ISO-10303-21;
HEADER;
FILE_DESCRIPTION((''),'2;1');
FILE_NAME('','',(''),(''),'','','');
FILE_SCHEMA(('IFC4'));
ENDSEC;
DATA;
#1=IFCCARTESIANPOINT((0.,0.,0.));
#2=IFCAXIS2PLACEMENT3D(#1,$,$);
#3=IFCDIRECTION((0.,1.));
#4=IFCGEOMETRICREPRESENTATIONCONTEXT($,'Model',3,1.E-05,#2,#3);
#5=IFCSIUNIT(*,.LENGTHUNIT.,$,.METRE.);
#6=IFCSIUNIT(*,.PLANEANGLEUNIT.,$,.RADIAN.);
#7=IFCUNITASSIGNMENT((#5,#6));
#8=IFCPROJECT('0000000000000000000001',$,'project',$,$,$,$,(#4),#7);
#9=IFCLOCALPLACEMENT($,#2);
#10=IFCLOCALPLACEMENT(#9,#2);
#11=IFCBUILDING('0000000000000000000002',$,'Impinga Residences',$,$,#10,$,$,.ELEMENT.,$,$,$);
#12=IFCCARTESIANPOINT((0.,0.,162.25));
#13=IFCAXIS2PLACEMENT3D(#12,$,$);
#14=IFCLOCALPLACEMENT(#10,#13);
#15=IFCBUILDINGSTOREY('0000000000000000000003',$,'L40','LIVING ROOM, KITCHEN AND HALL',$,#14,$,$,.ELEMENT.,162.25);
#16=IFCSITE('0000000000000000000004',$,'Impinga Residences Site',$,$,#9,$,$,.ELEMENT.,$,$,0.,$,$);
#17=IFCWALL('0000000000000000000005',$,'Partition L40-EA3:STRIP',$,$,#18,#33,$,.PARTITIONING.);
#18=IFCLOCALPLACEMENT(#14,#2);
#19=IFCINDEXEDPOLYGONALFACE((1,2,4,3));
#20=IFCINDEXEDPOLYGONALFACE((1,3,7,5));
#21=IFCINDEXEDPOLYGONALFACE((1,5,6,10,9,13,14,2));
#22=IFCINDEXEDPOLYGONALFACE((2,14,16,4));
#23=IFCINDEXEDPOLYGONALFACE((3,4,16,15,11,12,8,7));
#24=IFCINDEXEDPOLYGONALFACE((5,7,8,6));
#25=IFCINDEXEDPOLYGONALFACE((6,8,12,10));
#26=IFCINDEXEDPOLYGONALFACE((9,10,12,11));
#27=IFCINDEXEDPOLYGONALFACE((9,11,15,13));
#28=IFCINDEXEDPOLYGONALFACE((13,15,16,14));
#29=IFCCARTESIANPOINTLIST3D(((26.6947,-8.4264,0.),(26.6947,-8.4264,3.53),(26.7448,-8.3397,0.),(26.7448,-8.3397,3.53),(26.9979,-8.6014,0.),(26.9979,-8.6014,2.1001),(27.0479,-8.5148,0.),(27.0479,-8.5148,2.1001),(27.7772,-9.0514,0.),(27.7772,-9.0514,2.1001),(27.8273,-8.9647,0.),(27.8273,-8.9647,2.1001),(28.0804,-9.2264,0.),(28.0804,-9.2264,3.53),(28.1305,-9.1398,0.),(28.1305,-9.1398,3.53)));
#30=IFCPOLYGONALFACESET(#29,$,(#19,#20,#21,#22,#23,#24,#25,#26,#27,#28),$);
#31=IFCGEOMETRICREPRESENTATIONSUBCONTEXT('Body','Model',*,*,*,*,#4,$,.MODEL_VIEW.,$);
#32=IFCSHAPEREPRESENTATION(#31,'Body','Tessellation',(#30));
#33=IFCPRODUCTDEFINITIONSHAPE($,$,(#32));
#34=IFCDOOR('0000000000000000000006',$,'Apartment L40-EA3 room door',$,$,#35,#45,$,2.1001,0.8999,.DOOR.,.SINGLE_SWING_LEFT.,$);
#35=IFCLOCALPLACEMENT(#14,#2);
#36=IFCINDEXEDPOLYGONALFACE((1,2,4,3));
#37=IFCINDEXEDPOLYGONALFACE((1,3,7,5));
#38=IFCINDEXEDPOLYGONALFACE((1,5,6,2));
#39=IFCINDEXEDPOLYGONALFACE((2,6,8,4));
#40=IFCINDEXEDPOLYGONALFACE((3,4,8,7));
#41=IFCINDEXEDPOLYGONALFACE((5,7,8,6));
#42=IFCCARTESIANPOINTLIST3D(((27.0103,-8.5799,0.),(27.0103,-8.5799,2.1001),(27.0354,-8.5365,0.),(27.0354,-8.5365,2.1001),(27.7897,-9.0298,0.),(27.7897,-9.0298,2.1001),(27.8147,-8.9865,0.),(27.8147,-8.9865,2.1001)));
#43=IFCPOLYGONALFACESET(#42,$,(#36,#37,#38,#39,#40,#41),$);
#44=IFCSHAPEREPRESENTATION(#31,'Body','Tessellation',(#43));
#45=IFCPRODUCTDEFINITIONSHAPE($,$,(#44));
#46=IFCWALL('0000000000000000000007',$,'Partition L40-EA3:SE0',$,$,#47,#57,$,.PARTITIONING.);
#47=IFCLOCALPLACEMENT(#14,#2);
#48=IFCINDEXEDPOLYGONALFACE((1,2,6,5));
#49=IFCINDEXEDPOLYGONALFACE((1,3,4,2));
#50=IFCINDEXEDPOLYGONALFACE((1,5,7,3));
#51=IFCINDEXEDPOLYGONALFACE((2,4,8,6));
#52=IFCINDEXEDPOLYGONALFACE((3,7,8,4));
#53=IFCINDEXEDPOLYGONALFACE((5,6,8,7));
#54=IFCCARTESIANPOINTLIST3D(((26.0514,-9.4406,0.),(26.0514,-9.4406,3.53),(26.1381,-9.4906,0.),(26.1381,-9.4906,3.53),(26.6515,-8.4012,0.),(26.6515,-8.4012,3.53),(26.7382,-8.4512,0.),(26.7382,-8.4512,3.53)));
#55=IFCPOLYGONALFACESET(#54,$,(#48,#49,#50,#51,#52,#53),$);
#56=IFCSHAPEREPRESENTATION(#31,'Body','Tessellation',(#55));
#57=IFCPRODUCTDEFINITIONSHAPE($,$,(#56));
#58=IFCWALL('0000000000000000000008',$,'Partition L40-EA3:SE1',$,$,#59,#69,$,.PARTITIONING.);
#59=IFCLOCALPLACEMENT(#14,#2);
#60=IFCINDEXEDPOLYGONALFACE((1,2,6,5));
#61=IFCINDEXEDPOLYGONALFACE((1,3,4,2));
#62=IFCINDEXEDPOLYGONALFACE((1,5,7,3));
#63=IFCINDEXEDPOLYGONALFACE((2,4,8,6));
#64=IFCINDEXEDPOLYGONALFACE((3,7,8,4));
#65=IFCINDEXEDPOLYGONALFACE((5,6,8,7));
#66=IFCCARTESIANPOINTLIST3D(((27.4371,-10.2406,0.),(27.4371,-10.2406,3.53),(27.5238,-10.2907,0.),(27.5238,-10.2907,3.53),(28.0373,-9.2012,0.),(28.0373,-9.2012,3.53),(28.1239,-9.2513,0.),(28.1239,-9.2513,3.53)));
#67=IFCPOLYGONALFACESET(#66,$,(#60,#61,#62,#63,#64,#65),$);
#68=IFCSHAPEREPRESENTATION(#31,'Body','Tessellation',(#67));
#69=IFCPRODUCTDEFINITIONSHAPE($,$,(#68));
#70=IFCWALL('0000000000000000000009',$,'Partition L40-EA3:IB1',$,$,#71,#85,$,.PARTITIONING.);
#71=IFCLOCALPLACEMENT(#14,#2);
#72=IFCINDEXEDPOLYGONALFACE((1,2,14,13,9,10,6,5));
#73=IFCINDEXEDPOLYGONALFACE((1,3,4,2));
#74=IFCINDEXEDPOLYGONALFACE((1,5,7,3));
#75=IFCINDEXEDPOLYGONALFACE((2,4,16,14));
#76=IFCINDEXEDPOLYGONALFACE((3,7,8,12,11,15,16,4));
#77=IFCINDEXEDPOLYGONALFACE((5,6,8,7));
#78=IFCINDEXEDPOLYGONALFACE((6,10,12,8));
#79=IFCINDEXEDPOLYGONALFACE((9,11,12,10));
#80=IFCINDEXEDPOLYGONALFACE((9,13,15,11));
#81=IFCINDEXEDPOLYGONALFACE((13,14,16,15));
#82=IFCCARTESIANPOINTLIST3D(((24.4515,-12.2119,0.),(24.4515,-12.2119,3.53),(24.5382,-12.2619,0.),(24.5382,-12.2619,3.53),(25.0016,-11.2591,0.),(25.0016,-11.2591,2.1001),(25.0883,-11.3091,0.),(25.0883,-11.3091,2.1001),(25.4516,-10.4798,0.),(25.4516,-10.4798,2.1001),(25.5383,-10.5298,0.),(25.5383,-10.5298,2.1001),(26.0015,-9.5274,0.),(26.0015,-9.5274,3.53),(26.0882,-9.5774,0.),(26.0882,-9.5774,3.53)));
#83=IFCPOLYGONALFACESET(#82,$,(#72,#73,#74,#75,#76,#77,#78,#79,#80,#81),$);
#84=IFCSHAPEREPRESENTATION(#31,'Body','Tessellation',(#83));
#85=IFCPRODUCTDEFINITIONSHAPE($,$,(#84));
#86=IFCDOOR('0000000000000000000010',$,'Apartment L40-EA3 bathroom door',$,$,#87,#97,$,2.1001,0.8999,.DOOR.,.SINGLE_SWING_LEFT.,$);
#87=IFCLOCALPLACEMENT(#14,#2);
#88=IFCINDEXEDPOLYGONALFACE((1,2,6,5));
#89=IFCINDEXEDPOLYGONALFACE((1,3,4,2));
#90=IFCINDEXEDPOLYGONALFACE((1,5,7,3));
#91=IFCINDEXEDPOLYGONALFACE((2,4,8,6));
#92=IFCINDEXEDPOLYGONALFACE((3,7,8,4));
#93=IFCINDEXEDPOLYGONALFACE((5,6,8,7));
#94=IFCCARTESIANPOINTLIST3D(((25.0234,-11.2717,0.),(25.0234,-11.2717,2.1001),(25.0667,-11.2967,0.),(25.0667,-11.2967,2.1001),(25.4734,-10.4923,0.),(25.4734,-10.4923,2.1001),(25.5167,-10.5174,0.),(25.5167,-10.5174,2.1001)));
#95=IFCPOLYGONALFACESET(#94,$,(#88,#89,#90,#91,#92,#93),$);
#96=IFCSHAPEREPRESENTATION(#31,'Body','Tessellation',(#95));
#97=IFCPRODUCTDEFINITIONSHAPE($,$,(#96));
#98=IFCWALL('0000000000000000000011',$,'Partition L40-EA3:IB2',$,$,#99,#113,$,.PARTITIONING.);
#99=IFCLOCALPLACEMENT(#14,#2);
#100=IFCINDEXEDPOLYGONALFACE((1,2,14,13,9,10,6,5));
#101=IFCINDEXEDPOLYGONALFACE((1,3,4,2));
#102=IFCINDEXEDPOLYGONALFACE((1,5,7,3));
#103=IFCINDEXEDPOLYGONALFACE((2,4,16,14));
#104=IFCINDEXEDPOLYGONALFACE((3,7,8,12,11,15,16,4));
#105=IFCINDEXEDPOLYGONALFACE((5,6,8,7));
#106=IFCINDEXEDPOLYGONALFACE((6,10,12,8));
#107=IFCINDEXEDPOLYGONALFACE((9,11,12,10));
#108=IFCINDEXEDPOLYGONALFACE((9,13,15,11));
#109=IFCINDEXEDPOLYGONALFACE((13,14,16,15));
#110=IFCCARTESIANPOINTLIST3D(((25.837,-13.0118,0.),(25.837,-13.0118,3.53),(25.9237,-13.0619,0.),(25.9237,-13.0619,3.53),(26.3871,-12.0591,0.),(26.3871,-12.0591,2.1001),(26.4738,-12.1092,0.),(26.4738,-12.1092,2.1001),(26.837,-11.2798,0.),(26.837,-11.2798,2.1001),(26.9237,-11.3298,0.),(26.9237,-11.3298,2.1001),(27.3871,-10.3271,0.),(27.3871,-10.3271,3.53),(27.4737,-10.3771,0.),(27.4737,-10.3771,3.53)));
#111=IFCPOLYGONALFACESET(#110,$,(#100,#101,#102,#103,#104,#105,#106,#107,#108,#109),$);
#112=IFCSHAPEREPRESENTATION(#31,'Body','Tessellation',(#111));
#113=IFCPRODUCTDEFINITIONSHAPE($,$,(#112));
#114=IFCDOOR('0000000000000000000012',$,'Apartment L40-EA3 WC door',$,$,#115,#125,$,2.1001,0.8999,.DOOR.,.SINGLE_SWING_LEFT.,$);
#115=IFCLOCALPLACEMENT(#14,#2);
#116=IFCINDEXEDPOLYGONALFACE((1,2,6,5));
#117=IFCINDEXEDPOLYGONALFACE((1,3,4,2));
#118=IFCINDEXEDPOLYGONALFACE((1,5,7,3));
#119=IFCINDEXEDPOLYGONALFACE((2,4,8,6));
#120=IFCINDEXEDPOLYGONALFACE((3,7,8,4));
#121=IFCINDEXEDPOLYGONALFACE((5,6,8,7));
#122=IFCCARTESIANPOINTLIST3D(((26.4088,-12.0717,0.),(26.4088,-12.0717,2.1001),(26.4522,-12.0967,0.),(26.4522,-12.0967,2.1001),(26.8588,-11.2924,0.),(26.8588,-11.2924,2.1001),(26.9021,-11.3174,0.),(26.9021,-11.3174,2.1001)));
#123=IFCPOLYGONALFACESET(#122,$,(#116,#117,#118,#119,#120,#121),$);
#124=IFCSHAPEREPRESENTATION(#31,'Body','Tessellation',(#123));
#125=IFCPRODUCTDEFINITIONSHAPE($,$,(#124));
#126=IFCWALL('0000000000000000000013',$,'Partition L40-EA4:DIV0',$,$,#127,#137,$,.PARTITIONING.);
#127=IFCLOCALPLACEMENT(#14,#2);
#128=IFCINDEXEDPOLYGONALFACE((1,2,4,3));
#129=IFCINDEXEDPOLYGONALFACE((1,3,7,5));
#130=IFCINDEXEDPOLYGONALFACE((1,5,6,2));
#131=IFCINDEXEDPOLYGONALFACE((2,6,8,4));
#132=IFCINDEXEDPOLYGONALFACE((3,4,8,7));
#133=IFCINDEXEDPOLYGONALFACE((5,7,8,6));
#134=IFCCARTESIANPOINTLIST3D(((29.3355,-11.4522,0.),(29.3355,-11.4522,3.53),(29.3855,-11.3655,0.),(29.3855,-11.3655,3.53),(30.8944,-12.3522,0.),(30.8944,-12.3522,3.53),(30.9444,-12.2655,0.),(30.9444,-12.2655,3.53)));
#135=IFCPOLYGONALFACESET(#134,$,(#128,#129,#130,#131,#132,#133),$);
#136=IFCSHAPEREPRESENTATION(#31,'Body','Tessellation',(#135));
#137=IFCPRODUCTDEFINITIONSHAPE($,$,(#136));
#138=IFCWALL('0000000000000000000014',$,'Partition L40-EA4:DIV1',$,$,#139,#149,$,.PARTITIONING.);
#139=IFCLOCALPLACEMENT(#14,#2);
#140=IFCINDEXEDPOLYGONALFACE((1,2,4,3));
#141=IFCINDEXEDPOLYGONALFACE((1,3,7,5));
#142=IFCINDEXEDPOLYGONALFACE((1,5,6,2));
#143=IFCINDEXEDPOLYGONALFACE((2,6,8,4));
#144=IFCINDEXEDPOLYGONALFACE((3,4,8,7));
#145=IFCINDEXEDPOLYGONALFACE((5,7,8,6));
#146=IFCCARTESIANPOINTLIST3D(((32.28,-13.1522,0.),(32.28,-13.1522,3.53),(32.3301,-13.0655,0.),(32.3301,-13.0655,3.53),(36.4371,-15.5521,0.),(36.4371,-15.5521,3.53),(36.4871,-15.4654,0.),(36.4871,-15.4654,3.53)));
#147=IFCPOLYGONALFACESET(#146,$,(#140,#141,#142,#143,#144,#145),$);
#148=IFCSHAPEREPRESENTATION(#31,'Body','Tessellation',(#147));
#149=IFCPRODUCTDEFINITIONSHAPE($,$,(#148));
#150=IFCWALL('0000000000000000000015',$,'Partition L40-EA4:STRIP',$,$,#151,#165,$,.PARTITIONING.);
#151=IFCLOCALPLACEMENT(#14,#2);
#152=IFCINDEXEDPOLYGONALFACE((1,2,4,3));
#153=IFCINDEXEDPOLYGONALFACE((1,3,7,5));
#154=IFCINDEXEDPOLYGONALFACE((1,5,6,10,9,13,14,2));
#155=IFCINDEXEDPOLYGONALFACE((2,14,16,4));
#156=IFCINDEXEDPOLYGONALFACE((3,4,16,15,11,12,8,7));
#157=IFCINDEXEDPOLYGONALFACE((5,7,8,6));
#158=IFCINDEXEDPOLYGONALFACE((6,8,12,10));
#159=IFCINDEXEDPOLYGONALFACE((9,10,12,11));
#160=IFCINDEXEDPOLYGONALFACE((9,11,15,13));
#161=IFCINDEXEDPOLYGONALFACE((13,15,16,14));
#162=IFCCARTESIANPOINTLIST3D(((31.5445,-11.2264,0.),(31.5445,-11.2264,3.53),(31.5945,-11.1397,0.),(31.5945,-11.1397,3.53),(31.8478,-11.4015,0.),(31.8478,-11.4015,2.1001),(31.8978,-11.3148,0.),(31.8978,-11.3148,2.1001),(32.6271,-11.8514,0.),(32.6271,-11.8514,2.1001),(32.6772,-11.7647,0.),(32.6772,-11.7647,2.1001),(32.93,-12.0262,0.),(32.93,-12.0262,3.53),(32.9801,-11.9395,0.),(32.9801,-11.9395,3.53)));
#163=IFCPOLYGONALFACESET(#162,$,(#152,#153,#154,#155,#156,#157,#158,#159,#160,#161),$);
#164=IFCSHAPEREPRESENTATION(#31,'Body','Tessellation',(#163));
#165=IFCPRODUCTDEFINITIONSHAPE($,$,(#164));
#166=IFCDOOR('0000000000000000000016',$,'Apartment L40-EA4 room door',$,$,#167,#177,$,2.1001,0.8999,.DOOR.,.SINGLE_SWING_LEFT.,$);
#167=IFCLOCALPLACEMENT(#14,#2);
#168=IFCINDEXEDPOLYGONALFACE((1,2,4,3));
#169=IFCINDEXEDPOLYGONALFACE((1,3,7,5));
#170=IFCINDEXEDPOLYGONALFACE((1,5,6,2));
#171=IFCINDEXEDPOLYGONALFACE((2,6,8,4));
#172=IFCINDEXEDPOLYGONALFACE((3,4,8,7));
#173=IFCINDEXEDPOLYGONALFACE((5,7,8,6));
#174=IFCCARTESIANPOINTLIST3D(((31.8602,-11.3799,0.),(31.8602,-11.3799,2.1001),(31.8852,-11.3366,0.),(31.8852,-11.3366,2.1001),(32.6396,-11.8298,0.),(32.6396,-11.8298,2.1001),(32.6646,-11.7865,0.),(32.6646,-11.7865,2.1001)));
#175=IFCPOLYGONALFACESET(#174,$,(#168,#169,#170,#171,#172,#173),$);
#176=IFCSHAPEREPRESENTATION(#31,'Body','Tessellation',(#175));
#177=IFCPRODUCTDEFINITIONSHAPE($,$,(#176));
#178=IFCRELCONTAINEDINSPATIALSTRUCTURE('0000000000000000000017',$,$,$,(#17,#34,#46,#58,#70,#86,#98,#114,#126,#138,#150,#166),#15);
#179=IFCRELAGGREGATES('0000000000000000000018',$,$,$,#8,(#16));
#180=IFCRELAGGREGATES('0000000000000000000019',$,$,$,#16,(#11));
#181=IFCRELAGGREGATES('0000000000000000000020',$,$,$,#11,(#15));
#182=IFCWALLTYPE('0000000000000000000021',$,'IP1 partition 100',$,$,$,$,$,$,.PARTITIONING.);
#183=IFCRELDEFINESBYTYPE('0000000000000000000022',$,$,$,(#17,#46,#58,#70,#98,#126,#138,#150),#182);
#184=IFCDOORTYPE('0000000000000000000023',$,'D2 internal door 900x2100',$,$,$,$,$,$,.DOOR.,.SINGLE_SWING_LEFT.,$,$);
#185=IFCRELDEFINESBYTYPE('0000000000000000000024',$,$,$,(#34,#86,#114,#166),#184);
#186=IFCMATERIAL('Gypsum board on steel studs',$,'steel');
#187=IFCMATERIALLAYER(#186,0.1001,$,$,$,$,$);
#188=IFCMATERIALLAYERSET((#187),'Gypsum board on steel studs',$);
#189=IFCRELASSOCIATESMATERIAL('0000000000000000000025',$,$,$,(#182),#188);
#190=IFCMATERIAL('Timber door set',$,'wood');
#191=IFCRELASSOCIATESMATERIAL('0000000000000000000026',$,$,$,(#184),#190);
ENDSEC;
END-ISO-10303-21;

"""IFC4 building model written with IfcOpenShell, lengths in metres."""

from ifc_helpers import new_model, si_unit, direction, frame, frame_2d, origin, place, context, subcontext, project, spatial, rectangle, extrude, material, layer, layer_set, type_object, element, fill, save


model = new_model("IFC4")

# Units and contexts
model_context = context("Model", 3, precision=1e-05, world=origin(), true_north=direction((0.0, 1.0)))
body_context = subcontext(model_context, "Body", "Model", "MODEL_VIEW")
ifc_project = project(units=[si_unit("LENGTHUNIT", "METRE"), si_unit("PLANEANGLEUNIT", "RADIAN")], contexts=[model_context])

# Site, building, storey
site_placement = place(None, origin())
site = spatial("IfcSite", under=ifc_project, at=site_placement, Name="Impinga Residences Site", CompositionType="ELEMENT", RefElevation=0.0)
building_placement = place(site_placement, origin())
building = spatial("IfcBuilding", under=site, at=building_placement, Name="Impinga Residences", CompositionType="ELEMENT")
storey_placement = place(building_placement, frame((0.0, 0.0, 162.25)))
storey = spatial("IfcBuildingStorey", under=building, at=storey_placement, Name="L40", Description="LIVING ROOM, KITCHEN AND HALL", CompositionType="ELEMENT", Elevation=162.25)

# Shared definitions
ifc_material_1 = material(Name="Timber door set", Category="wood")

# Shared definitions
ifc_material_2 = material(Name="Gypsum board on steel studs", Category="steel")
ifc_layer_1 = layer(ifc_material_2, 0.1001)
ifc_layer_set_1 = layer_set([ifc_layer_1], Name="Gypsum board on steel studs")
wall_type_1 = type_object("IfcWallType", Name="IP1 partition 100", PredefinedType="PARTITIONING", material=ifc_layer_set_1)

# Wall, opening, door
wall_1_placement = place(storey_placement, frame((26.7197, -8.3831, 0.0), z_axis=(0.0, 0.0, 1.0), x_axis=(0.866028, -0.499995, 0.0)))
wall_1 = element("IfcWall", 1, at=wall_1_placement, inside=storey, type_object=wall_type_1, Name="Partition L40-EA3:STRIP", PredefinedType="PARTITIONING", context=body_context, shape_type="SweptSolid", body=[
    extrude(rectangle(XDim=1.6001, YDim=0.1001, at=frame_2d((0.8, 0.0))), origin(), (0.0, 0.0, 1.0), 3.53),
])
opening_1_placement = place(wall_1_placement, frame((0.3501, 0.0, 0.0)))
opening_1 = element("IfcOpeningElement", 2, at=opening_1_placement, cuts=wall_1, PredefinedType="OPENING", context=body_context, shape_type="SweptSolid", body=[
    extrude(rectangle(XDim=0.8999, YDim=2.1001, at=frame_2d((0.45, 1.05))), frame((0.0, 0.0601, 0.0), z_axis=(0.0, -1.0, 0.0), x_axis=(1.0, 0.0, 0.0)), (0.0, 0.0, 1.0), 0.1201),
])
door_type_1 = type_object("IfcDoorType", Name="D2 internal door 900x2100", OperationType="SINGLE_SWING_LEFT", PredefinedType="DOOR", material=ifc_material_1)
door_1_placement = place(opening_1_placement, origin())
door_1 = element("IfcDoor", 3, at=door_1_placement, inside=storey, type_object=door_type_1, Name="Apartment L40-EA3 room door", OperationType="SINGLE_SWING_LEFT", OverallHeight=2.1001, OverallWidth=0.8999, PredefinedType="DOOR", context=body_context, shape_type="SweptSolid", body=[
    extrude(rectangle(XDim=0.8999, YDim=2.1001, at=frame_2d((0.45, 1.05))), frame((0.0, 0.0249, 0.0), z_axis=(0.0, -1.0, 0.0), x_axis=(1.0, 0.0, 0.0)), (0.0, 0.0, 1.0), 0.05),
])
fill(opening_1, door_1)

# Walls
for number, where, z_axis, x_axis, name in (
    (4, (26.0947, -9.4656, 0.0), (0.0, 0.0, 1.0), (0.500034, 0.866006, 0.0), "Partition L40-EA3:SE0"),
    (5, (27.4805, -10.2656, 0.0), (0.0, 0.0, 1.0), (0.500034, 0.866006, 0.0), "Partition L40-EA3:SE1"),
):
    element("IfcWall", number, at=place(storey_placement, frame(where, z_axis=z_axis, x_axis=x_axis)), inside=storey, type_object=wall_type_1, Name=name, PredefinedType="PARTITIONING", context=body_context, shape_type="SweptSolid", body=[
        extrude(rectangle(XDim=1.2002, YDim=0.1001, at=frame_2d((0.6001, 0.0))), origin(), (0.0, 0.0, 1.0), 3.53),
    ])

# Walls, openings, doors
wall_2_placement = place(storey_placement, frame((24.4949, -12.2368, 0.0), z_axis=(0.0, 0.0, 1.0), x_axis=(0.500027, 0.86601, 0.0)))
wall_2 = element("IfcWall", 6, at=wall_2_placement, inside=storey, type_object=wall_type_1, Name="Partition L40-EA3:IB1", PredefinedType="PARTITIONING", context=body_context, shape_type="SweptSolid", body=[
    extrude(rectangle(XDim=3.0999, YDim=0.1001, at=frame_2d((1.5498, 0.0))), origin(), (0.0, 0.0, 1.0), 3.53),
])
opening_2_placement = place(wall_2_placement, frame((1.1001, 0.0, 0.0)))
opening_2 = element("IfcOpeningElement", 7, at=opening_2_placement, cuts=wall_2, PredefinedType="OPENING", context=body_context, shape_type="SweptSolid", body=[
    extrude(rectangle(XDim=0.8999, YDim=2.1001, at=frame_2d((0.45, 1.05))), frame((0.0, 0.0601, 0.0), z_axis=(0.0, -1.0, 0.0), x_axis=(1.0, 0.0, 0.0)), (0.0, 0.0, 1.0), 0.1201),
])
door_2_placement = place(opening_2_placement, origin())
door_2 = element("IfcDoor", 8, at=door_2_placement, inside=storey, type_object=door_type_1, Name="Apartment L40-EA3 bathroom door", OperationType="SINGLE_SWING_LEFT", OverallHeight=2.1001, OverallWidth=0.8999, PredefinedType="DOOR", context=body_context, shape_type="SweptSolid", body=[
    extrude(rectangle(XDim=0.8999, YDim=2.1001, at=frame_2d((0.45, 1.05))), frame((0.0, 0.0249, 0.0), z_axis=(0.0, -1.0, 0.0), x_axis=(1.0, 0.0, 0.0)), (0.0, 0.0, 1.0), 0.05),
])
fill(opening_2, door_2)
wall_3_placement = place(storey_placement, frame((25.8804, -13.0369, 0.0), z_axis=(0.0, 0.0, 1.0), x_axis=(0.499993, 0.86603, 0.0)))
wall_3 = element("IfcWall", 9, at=wall_3_placement, inside=storey, type_object=wall_type_1, Name="Partition L40-EA3:IB2", PredefinedType="PARTITIONING", context=body_context, shape_type="SweptSolid", body=[
    extrude(rectangle(XDim=3.1001, YDim=0.1001, at=frame_2d((1.55, 0.0))), origin(), (0.0, 0.0, 1.0), 3.53),
])
opening_3_placement = place(wall_3_placement, frame((1.1001, 0.0, 0.0)))
opening_3 = element("IfcOpeningElement", 10, at=opening_3_placement, cuts=wall_3, PredefinedType="OPENING", context=body_context, shape_type="SweptSolid", body=[
    extrude(rectangle(XDim=0.8999, YDim=2.1001, at=frame_2d((0.45, 1.05))), frame((0.0, 0.0601, 0.0), z_axis=(0.0, -1.0, 0.0), x_axis=(1.0, 0.0, 0.0)), (0.0, 0.0, 1.0), 0.1201),
])
door_3_placement = place(opening_3_placement, origin())
door_3 = element("IfcDoor", 11, at=door_3_placement, inside=storey, type_object=door_type_1, Name="Apartment L40-EA3 WC door", OperationType="SINGLE_SWING_LEFT", OverallHeight=2.1001, OverallWidth=0.8999, PredefinedType="DOOR", context=body_context, shape_type="SweptSolid", body=[
    extrude(rectangle(XDim=0.8999, YDim=2.1001, at=frame_2d((0.45, 1.05))), frame((0.0, 0.0249, 0.0), z_axis=(0.0, -1.0, 0.0), x_axis=(1.0, 0.0, 0.0)), (0.0, 0.0, 1.0), 0.05),
])
fill(opening_3, door_3)

# Walls
wall_4_placement = place(storey_placement, frame((29.3606, -11.4089, 0.0), z_axis=(0.0, 0.0, 1.0), x_axis=(0.866048, -0.499961, 0.0)))
element("IfcWall", 12, at=wall_4_placement, inside=storey, type_object=wall_type_1, Name="Partition L40-EA4:DIV0", PredefinedType="PARTITIONING", context=body_context, shape_type="SweptSolid", body=[
    extrude(rectangle(XDim=1.8, YDim=0.1001, at=frame_2d((0.8999, 0.0))), origin(), (0.0, 0.0, 1.0), 3.53),
])
wall_5_placement = place(storey_placement, frame((32.3052, -13.1089, 0.0), z_axis=(0.0, 0.0, 1.0), x_axis=(0.866037, -0.499979, 0.0)))
element("IfcWall", 13, at=wall_5_placement, inside=storey, type_object=wall_type_1, Name="Partition L40-EA4:DIV1", PredefinedType="PARTITIONING", context=body_context, shape_type="SweptSolid", body=[
    extrude(rectangle(XDim=4.8, YDim=0.1001, at=frame_2d((2.3999, 0.0))), origin(), (0.0, 0.0, 1.0), 3.53),
])

# Wall, opening, door
wall_6_placement = place(storey_placement, frame((31.5696, -11.1831, 0.0), z_axis=(0.0, 0.0, 1.0), x_axis=(0.866056, -0.499947, 0.0)))
wall_6 = element("IfcWall", 14, at=wall_6_placement, inside=storey, type_object=wall_type_1, Name="Partition L40-EA4:STRIP", PredefinedType="PARTITIONING", context=body_context, shape_type="SweptSolid", body=[
    extrude(rectangle(XDim=1.5999, YDim=0.1001, at=frame_2d((0.7998, 0.0))), origin(), (0.0, 0.0, 1.0), 3.53),
])
opening_4_placement = place(wall_6_placement, frame((0.3501, 0.0, 0.0)))
opening_4 = element("IfcOpeningElement", 15, at=opening_4_placement, cuts=wall_6, PredefinedType="OPENING", context=body_context, shape_type="SweptSolid", body=[
    extrude(rectangle(XDim=0.8999, YDim=2.1001, at=frame_2d((0.45, 1.05))), frame((0.0, 0.0601, 0.0), z_axis=(0.0, -1.0, 0.0), x_axis=(1.0, 0.0, 0.0)), (0.0, 0.0, 1.0), 0.1201),
])
door_4_placement = place(opening_4_placement, origin())
door_4 = element("IfcDoor", 16, at=door_4_placement, inside=storey, type_object=door_type_1, Name="Apartment L40-EA4 room door", OperationType="SINGLE_SWING_LEFT", OverallHeight=2.1001, OverallWidth=0.8999, PredefinedType="DOOR", context=body_context, shape_type="SweptSolid", body=[
    extrude(rectangle(XDim=0.8999, YDim=2.1001, at=frame_2d((0.45, 1.05))), frame((0.0, 0.0249, 0.0), z_axis=(0.0, -1.0, 0.0), x_axis=(1.0, 0.0, 0.0)), (0.0, 0.0, 1.0), 0.05),
])
fill(opening_4, door_4)

save(model, "model.ifc")
